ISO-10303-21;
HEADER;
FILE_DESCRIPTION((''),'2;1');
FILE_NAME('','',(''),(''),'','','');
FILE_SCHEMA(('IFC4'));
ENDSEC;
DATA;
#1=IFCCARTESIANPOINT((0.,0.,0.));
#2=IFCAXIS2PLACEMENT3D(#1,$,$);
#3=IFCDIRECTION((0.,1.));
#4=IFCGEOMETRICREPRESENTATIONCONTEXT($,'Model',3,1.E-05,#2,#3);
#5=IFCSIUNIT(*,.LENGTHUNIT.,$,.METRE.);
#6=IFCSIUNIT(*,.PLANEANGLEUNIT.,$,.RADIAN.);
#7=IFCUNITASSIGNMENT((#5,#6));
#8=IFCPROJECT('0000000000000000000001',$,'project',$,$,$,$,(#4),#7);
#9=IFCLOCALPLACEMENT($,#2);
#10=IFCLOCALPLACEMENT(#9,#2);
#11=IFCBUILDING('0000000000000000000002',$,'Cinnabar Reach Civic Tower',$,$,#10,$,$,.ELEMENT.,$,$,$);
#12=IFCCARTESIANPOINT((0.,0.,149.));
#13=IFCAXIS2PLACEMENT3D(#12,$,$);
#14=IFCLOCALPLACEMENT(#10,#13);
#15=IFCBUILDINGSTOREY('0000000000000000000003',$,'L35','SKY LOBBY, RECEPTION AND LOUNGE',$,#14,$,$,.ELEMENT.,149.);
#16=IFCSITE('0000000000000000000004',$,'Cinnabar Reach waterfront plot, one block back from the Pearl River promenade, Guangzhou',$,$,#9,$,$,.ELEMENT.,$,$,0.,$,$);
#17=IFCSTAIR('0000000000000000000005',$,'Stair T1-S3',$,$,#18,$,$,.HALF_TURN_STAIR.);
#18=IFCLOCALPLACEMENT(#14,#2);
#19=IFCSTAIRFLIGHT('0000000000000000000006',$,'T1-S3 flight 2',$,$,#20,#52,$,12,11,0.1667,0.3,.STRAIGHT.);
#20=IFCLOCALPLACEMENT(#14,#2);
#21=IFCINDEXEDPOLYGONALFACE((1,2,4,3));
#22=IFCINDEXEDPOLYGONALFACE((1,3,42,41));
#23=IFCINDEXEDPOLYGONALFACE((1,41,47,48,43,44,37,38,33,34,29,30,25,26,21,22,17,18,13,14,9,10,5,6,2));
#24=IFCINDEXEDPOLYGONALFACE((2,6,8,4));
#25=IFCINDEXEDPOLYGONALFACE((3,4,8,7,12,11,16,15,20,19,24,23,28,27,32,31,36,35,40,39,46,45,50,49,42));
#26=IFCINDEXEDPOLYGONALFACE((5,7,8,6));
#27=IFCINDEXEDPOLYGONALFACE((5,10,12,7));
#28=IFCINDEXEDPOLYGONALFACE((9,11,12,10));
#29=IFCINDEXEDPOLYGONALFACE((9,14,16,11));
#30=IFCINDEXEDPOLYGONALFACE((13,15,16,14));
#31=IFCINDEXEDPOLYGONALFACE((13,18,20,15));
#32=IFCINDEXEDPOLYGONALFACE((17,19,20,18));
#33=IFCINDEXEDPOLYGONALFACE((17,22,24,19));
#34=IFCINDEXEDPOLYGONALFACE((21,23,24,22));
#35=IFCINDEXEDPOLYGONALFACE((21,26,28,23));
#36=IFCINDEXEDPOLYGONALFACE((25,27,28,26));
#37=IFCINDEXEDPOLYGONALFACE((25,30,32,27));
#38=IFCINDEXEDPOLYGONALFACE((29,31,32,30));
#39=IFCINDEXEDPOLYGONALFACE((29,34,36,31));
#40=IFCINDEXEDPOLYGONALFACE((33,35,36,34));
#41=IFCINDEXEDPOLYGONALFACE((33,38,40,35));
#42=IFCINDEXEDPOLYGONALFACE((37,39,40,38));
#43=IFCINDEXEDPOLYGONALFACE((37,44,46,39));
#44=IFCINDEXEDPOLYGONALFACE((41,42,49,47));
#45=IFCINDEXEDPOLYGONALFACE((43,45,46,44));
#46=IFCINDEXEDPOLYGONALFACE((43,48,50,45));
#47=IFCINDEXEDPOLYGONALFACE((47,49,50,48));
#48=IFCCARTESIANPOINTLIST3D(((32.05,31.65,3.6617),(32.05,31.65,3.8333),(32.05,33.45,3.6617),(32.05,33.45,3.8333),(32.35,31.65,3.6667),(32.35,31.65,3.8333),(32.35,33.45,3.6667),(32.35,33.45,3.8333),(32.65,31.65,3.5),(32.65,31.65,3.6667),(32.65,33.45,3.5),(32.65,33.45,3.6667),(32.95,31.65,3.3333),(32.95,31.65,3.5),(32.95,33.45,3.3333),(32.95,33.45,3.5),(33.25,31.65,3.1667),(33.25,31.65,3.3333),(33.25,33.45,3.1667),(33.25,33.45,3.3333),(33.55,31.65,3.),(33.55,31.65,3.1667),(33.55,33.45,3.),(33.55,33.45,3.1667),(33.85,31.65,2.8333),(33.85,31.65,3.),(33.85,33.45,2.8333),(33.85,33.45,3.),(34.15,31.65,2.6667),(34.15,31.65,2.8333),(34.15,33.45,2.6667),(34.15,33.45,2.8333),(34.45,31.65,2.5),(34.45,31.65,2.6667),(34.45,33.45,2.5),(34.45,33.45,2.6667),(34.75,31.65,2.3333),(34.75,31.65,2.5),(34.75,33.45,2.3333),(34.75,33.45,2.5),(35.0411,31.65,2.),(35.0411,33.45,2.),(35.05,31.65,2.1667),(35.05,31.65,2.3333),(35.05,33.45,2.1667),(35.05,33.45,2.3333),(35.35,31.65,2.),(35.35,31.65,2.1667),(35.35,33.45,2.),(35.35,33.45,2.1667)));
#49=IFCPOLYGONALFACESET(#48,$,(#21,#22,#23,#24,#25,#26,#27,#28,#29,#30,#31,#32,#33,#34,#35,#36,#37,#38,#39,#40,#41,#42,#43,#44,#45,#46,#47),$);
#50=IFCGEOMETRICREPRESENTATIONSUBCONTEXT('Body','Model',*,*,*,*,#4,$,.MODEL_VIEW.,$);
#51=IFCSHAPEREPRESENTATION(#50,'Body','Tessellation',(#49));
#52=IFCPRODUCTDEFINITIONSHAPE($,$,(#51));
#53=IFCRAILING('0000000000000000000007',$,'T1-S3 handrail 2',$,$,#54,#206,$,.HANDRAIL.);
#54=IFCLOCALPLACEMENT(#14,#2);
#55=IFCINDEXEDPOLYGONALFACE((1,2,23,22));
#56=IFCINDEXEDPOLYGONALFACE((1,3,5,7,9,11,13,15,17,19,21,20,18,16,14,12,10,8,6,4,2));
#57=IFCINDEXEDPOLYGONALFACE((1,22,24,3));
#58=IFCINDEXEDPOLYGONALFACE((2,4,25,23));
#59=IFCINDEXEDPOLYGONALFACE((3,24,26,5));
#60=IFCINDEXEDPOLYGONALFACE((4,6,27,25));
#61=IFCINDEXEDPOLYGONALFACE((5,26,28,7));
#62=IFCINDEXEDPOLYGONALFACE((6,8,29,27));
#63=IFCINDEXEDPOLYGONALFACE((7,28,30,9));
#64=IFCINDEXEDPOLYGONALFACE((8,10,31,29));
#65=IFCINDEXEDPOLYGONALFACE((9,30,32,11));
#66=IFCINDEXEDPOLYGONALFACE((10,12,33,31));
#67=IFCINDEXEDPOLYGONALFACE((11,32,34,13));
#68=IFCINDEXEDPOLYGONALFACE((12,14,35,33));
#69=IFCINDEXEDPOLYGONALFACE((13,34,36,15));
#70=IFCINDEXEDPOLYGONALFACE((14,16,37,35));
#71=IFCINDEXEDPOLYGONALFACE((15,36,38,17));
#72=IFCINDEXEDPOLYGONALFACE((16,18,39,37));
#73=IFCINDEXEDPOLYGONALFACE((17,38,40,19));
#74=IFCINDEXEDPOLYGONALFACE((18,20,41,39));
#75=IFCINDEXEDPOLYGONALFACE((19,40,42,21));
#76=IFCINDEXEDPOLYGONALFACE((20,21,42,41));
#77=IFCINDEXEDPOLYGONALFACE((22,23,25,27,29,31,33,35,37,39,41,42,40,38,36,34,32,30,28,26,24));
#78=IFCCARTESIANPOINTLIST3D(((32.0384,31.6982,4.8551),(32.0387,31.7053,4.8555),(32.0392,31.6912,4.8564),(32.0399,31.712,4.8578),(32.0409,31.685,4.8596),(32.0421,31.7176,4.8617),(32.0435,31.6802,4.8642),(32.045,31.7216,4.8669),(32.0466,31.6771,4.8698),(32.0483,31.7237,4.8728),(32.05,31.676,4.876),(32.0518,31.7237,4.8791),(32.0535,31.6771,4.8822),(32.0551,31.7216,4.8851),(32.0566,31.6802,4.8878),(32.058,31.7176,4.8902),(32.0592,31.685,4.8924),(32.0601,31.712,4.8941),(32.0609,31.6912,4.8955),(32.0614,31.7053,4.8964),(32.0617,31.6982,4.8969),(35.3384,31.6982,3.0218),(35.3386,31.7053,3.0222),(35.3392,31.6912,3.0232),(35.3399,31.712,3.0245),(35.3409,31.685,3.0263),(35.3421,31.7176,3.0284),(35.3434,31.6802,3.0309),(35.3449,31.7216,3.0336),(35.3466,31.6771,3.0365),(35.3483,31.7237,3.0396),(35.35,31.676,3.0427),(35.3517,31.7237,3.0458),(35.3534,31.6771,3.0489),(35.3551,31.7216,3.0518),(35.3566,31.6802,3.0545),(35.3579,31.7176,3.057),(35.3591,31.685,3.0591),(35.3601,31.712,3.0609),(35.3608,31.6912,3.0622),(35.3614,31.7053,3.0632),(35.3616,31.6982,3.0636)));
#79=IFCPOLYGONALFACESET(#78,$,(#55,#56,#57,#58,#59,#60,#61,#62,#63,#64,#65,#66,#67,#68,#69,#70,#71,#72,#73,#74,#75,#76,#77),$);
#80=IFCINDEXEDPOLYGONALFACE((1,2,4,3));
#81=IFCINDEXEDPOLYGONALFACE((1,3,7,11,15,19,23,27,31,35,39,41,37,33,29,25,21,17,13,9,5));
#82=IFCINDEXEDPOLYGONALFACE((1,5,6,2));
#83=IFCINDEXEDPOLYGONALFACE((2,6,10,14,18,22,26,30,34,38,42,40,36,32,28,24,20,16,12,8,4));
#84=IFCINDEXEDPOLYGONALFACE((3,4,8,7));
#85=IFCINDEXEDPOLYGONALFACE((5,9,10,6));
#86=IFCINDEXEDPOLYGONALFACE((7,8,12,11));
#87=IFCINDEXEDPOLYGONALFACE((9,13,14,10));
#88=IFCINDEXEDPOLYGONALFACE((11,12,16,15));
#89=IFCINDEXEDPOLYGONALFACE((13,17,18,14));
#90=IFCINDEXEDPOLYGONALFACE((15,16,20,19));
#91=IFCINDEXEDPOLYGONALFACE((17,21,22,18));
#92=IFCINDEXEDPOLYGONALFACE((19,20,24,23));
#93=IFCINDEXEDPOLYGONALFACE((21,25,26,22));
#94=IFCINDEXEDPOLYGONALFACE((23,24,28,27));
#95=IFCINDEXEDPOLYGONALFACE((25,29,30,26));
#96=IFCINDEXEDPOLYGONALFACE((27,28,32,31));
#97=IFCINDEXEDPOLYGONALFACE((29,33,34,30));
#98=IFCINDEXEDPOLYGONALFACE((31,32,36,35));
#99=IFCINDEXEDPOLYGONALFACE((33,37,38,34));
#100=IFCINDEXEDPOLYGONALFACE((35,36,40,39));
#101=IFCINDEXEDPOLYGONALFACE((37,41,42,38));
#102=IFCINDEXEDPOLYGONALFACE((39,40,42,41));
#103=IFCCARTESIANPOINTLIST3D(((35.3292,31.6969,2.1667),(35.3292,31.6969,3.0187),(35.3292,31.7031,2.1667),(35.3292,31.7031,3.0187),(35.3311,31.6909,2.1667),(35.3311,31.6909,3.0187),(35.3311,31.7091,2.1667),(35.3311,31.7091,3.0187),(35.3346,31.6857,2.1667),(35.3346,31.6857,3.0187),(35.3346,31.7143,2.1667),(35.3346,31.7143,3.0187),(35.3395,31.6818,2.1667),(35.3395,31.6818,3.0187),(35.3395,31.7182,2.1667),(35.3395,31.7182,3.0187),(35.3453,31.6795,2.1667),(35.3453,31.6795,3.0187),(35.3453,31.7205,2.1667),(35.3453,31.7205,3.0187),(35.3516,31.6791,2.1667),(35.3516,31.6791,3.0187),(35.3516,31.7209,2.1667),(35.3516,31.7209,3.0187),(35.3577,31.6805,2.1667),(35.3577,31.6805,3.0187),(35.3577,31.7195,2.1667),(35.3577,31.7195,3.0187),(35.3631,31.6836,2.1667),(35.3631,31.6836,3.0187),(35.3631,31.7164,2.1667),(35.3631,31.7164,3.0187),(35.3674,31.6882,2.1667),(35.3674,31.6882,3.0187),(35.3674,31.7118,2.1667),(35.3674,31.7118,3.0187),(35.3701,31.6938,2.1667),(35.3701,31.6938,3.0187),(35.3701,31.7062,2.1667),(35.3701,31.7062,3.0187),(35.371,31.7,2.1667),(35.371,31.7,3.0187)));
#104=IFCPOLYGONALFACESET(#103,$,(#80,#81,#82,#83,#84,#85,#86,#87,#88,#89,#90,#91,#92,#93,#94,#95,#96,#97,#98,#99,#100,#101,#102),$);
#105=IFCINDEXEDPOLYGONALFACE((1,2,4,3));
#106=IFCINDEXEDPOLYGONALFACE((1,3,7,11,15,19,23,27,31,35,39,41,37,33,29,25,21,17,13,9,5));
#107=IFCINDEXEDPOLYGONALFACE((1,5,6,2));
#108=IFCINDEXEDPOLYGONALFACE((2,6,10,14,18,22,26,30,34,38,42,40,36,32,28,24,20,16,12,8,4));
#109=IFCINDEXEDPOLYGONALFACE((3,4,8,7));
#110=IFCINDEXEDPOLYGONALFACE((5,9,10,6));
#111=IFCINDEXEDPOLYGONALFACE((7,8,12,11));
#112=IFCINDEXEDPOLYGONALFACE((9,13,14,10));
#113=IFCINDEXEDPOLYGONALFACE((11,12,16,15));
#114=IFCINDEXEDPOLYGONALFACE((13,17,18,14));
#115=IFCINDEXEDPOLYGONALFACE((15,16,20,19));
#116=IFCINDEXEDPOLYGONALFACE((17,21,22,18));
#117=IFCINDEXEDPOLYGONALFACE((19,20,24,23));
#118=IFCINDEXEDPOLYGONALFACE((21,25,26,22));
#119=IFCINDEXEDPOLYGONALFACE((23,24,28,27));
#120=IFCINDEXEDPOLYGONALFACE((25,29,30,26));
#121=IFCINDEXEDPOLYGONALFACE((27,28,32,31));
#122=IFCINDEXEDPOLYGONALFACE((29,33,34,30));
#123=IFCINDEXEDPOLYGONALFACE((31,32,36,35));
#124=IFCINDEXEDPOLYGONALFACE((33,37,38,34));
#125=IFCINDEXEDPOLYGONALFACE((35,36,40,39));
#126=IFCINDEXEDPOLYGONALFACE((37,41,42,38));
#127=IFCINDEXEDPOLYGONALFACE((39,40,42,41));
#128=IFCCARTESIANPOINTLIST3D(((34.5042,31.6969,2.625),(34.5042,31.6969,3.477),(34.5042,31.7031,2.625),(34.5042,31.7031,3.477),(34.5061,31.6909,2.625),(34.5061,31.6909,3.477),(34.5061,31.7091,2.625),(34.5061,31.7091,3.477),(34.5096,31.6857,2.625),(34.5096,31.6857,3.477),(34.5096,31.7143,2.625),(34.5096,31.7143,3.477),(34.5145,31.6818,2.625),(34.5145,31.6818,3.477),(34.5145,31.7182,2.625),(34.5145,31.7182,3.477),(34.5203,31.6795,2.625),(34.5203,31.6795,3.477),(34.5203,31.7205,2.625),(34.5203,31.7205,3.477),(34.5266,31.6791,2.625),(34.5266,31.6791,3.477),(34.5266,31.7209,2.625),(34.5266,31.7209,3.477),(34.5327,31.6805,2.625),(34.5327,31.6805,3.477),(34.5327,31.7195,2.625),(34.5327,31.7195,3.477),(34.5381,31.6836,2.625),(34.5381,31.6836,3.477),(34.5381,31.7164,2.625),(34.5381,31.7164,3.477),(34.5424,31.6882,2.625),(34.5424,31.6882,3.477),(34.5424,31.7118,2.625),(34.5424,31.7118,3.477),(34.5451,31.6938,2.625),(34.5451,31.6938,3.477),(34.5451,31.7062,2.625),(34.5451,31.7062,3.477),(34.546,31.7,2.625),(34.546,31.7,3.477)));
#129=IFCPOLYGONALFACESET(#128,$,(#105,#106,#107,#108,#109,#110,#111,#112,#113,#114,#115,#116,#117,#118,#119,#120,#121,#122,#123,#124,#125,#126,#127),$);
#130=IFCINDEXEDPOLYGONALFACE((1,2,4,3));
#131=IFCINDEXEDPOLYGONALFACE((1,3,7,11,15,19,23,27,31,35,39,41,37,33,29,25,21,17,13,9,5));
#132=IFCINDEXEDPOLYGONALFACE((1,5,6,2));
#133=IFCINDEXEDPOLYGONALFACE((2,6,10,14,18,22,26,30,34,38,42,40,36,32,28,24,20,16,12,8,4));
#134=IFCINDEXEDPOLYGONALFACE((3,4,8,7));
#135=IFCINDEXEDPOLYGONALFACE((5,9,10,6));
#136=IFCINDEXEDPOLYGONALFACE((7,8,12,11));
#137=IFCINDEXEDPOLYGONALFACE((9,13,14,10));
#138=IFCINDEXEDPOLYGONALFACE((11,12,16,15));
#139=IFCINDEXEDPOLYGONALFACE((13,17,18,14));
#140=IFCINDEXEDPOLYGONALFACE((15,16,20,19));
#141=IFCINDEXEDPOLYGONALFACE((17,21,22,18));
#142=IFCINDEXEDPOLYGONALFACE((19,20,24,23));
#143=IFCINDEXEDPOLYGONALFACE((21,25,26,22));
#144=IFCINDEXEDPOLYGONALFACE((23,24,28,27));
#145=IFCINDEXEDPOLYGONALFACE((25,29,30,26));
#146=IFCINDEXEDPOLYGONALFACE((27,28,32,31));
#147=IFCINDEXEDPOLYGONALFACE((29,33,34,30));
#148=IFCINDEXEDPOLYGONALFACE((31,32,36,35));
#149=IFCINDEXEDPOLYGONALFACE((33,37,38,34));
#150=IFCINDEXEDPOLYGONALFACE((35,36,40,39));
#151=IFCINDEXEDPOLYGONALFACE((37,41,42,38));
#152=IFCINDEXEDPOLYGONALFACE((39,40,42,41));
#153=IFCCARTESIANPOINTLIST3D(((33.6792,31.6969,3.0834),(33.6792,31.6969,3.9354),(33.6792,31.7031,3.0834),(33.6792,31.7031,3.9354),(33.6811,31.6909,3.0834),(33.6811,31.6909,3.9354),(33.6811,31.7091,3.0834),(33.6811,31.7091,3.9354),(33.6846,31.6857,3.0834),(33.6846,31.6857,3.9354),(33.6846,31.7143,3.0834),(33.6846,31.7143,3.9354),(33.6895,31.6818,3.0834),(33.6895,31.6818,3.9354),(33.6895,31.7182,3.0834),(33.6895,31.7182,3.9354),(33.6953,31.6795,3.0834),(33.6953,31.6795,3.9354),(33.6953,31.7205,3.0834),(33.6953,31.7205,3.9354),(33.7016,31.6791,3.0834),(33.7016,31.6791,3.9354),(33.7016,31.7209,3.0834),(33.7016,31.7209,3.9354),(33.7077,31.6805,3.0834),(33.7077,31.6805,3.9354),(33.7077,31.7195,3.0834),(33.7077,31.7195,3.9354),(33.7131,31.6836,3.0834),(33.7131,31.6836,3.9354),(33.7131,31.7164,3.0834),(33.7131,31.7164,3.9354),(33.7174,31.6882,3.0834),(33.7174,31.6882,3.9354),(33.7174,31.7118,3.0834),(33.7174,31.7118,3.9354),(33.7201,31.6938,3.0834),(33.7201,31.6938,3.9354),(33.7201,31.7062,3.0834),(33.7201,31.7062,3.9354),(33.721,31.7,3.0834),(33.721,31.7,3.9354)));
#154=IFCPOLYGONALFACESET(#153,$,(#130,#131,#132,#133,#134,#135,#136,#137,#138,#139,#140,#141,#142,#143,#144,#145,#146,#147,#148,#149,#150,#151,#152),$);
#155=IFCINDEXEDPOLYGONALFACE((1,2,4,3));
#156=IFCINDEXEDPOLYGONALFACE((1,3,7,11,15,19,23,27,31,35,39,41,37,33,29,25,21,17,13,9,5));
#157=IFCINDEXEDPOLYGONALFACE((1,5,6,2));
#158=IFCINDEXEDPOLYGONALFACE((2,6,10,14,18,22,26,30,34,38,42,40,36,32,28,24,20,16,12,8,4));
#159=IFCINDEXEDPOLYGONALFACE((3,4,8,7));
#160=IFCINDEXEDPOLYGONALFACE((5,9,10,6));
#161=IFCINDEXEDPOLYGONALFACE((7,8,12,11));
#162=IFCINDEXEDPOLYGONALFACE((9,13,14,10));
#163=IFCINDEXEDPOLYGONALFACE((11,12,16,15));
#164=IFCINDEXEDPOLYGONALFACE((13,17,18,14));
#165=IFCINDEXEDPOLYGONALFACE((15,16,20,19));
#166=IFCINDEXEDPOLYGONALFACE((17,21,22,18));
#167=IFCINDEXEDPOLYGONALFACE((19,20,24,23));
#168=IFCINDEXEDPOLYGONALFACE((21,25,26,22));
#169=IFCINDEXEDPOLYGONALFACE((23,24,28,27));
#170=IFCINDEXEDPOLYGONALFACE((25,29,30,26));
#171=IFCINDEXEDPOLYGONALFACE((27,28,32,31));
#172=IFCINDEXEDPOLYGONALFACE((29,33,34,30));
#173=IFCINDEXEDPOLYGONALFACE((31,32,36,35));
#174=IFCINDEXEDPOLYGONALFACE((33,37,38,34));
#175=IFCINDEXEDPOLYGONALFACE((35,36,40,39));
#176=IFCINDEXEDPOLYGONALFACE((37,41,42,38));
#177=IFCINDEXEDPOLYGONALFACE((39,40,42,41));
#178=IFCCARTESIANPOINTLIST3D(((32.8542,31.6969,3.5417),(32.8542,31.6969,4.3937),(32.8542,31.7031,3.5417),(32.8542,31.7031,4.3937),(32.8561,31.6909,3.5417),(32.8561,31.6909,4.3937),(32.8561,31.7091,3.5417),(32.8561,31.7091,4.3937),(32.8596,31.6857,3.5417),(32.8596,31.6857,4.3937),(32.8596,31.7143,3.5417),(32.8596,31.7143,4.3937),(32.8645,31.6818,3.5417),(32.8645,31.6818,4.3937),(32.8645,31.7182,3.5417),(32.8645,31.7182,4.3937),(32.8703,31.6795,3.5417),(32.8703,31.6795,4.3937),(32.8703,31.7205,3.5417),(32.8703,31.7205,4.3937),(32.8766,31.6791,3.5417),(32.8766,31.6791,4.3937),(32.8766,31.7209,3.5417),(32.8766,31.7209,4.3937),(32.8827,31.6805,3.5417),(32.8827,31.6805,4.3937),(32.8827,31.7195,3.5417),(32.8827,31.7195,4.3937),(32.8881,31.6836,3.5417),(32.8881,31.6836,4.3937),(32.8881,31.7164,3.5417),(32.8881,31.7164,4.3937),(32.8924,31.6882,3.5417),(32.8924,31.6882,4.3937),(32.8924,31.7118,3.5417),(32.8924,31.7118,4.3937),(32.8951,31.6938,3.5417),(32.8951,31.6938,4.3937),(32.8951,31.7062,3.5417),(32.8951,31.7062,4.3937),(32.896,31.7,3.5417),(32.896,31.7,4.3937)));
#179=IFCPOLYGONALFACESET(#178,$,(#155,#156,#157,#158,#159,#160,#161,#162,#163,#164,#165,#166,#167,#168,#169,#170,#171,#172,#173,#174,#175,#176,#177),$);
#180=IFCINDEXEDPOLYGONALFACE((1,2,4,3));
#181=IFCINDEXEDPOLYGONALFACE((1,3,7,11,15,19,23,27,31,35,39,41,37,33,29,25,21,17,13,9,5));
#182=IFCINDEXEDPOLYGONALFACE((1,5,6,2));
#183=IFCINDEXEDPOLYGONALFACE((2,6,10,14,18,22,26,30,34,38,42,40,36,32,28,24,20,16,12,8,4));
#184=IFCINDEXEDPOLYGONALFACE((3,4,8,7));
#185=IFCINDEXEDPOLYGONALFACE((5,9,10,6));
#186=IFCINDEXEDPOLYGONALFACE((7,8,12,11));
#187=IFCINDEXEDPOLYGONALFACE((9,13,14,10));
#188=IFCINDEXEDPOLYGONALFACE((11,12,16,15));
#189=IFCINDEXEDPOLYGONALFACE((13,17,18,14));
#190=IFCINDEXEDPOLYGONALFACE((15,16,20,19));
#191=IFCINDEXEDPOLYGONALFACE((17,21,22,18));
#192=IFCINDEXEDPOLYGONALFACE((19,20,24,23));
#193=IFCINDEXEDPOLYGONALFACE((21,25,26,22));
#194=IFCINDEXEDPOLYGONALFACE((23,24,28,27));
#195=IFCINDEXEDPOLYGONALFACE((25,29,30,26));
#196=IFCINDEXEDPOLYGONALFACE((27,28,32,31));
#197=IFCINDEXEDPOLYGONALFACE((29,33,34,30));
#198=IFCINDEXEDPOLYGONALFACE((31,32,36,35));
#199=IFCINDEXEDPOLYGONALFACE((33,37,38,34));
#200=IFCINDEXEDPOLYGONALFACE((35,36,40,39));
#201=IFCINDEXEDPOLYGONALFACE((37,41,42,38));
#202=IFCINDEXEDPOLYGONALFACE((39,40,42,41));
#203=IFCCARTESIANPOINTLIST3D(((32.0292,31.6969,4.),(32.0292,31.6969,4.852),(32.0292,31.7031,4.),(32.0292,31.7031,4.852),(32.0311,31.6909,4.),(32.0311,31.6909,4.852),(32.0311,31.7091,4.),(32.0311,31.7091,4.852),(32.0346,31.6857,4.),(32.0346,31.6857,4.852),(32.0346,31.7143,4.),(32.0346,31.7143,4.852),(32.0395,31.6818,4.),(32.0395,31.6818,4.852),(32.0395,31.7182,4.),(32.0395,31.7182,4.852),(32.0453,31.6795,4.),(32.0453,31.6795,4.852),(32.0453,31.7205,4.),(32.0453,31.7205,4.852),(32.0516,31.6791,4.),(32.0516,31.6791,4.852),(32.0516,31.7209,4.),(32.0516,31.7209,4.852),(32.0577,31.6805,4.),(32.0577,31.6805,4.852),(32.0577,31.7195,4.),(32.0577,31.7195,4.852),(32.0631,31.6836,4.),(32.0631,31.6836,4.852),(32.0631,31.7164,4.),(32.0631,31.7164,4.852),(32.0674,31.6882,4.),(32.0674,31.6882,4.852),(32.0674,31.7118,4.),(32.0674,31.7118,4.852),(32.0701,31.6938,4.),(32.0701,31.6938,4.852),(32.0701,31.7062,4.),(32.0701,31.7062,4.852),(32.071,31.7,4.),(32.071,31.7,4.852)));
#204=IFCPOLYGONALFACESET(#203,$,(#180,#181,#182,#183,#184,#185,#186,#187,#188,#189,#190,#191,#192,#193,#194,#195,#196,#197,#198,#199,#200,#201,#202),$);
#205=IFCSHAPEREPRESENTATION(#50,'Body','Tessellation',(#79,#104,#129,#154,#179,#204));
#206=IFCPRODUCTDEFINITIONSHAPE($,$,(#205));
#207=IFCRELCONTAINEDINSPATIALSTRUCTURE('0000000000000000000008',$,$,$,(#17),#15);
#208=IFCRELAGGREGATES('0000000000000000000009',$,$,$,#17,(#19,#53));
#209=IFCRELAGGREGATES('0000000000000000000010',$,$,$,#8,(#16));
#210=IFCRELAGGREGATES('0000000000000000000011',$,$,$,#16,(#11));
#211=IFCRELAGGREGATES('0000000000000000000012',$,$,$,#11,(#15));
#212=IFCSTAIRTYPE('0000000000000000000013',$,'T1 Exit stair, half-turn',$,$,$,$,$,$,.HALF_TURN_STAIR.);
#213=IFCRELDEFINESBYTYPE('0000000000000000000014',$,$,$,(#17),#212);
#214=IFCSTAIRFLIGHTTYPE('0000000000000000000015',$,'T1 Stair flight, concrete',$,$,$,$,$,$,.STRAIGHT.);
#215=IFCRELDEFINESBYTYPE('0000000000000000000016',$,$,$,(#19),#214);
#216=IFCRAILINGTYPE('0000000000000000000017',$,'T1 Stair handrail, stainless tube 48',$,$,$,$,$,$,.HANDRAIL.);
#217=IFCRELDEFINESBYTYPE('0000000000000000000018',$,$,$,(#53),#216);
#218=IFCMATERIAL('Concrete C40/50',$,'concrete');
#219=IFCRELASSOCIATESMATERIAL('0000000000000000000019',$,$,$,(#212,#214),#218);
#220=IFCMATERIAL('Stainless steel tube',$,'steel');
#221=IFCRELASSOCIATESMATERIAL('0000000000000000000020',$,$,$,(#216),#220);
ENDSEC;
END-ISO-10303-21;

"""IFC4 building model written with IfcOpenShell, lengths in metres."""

from ifc_helpers import new_model, si_unit, direction, frame, origin, origin_2d, place, context, subcontext, project, spatial, polyline, circle, outline, extrude, material, type_object, element, aggregate, save


model = new_model("IFC4")

# Units and contexts
model_context = context("Model", 3, precision=1e-05, world=origin(), true_north=direction((0.0, 1.0)))
body_context = subcontext(model_context, "Body", "Model", "MODEL_VIEW")
ifc_project = project(units=[si_unit("LENGTHUNIT", "METRE"), si_unit("PLANEANGLEUNIT", "RADIAN")], contexts=[model_context])

# Site, building, storey
site_placement = place(None, origin())
site = spatial("IfcSite", under=ifc_project, at=site_placement, Name="Cinnabar Reach waterfront plot, one block back from the Pearl River promenade, Guangzhou", CompositionType="ELEMENT", RefElevation=0.0)
building_placement = place(site_placement, origin())
building = spatial("IfcBuilding", under=site, at=building_placement, Name="Cinnabar Reach Civic Tower", CompositionType="ELEMENT")
storey_placement = place(building_placement, frame((0.0, 0.0, 149.0)))
storey = spatial("IfcBuildingStorey", under=building, at=storey_placement, Name="L35", Description="SKY LOBBY, RECEPTION AND LOUNGE", CompositionType="ELEMENT", Elevation=149.0)

# Stair, stair flight, railing
ifc_material_1 = material(Name="Concrete C40/50", Category="concrete")
stair_type = type_object("IfcStairType", Name="T1 Exit stair, half-turn", PredefinedType="HALF_TURN_STAIR", material=ifc_material_1)
stair_placement = place(storey_placement, origin())
stair = element("IfcStair", 1, at=stair_placement, inside=storey, type_object=stair_type, Name="Stair T1-S3", PredefinedType="HALF_TURN_STAIR")
stair_flight_type = type_object("IfcStairFlightType", Name="T1 Stair flight, concrete", PredefinedType="STRAIGHT", material=ifc_material_1)
stair_flight_1_placement = place(storey_placement, frame((35.35, 32.55, 2.0), z_axis=(0.0, 0.0, 1.0), x_axis=(-1.0, 0.0, 0.0)))
stair_flight_1 = element("IfcStairFlight", 2, at=stair_flight_1_placement, type_object=stair_flight_type, Name="T1-S3 flight 2", NumberOfRisers=12, NumberOfTreads=11, PredefinedType="STRAIGHT", RiserHeight=0.1667, TreadLength=0.3, context=body_context, shape_type="SweptSolid", body=[
    extrude(outline(polyline([(0.0, 0.0), (0.0, 0.1667), (0.3, 0.1667), (0.3, 0.3333), (0.6, 0.3333), (0.6, 0.5), (0.9, 0.5), (0.9, 0.6667), (1.2, 0.6667), (1.2, 0.8333), (1.5, 0.8333), (1.5, 1.0), (1.8, 1.0), (1.8, 1.1667), (2.1, 1.1667), (2.1, 1.3333), (2.4, 1.3333), (2.4, 1.5), (2.7, 1.5), (2.7, 1.6667), (3.0, 1.6667), (3.0, 1.8333), (3.3, 1.8333), (3.3, 2.0), (3.3, 1.6617), (0.3089, 0.0), (0.0, 0.0)])), frame((0.0, 0.9, 0.0), z_axis=(0.0, -1.0, 0.0), x_axis=(1.0, 0.0, 0.0)), (0.0, 0.0, 1.0), 1.8),
])
ifc_material_2 = material(Name="Stainless steel tube", Category="steel")
railing_type = type_object("IfcRailingType", Name="T1 Stair handrail, stainless tube 48", PredefinedType="HANDRAIL", material=ifc_material_2)
railing_placement = place(storey_placement, frame((35.35, 31.7, 2.1667)))
railing = element("IfcRailing", 3, at=railing_placement, type_object=railing_type, Name="T1-S3 handrail 2", PredefinedType="HANDRAIL", context=body_context, shape_type="SweptSolid", body=[
    extrude(circle(Radius=0.024, at=origin_2d()), frame((0.0, 0.0, 0.876), z_axis=(-0.874161, 0.0, 0.485636), x_axis=(0.0, -1.0, 0.0)), (0.0, 0.0, 1.0), 3.775),
    extrude(circle(Radius=0.021, at=origin_2d()), origin(), (0.0, 0.0, 1.0), 0.852),
    extrude(circle(Radius=0.021, at=origin_2d()), frame((-0.825, 0.0, 0.4583)), (0.0, 0.0, 1.0), 0.852),
    extrude(circle(Radius=0.021, at=origin_2d()), frame((-1.65, 0.0, 0.9167)), (0.0, 0.0, 1.0), 0.852),
    extrude(circle(Radius=0.021, at=origin_2d()), frame((-2.475, 0.0, 1.375)), (0.0, 0.0, 1.0), 0.852),
    extrude(circle(Radius=0.021, at=origin_2d()), frame((-3.3, 0.0, 1.8333)), (0.0, 0.0, 1.0), 0.852),
])
aggregate(stair, [stair_flight_1, railing])

save(model, "model.ifc")
